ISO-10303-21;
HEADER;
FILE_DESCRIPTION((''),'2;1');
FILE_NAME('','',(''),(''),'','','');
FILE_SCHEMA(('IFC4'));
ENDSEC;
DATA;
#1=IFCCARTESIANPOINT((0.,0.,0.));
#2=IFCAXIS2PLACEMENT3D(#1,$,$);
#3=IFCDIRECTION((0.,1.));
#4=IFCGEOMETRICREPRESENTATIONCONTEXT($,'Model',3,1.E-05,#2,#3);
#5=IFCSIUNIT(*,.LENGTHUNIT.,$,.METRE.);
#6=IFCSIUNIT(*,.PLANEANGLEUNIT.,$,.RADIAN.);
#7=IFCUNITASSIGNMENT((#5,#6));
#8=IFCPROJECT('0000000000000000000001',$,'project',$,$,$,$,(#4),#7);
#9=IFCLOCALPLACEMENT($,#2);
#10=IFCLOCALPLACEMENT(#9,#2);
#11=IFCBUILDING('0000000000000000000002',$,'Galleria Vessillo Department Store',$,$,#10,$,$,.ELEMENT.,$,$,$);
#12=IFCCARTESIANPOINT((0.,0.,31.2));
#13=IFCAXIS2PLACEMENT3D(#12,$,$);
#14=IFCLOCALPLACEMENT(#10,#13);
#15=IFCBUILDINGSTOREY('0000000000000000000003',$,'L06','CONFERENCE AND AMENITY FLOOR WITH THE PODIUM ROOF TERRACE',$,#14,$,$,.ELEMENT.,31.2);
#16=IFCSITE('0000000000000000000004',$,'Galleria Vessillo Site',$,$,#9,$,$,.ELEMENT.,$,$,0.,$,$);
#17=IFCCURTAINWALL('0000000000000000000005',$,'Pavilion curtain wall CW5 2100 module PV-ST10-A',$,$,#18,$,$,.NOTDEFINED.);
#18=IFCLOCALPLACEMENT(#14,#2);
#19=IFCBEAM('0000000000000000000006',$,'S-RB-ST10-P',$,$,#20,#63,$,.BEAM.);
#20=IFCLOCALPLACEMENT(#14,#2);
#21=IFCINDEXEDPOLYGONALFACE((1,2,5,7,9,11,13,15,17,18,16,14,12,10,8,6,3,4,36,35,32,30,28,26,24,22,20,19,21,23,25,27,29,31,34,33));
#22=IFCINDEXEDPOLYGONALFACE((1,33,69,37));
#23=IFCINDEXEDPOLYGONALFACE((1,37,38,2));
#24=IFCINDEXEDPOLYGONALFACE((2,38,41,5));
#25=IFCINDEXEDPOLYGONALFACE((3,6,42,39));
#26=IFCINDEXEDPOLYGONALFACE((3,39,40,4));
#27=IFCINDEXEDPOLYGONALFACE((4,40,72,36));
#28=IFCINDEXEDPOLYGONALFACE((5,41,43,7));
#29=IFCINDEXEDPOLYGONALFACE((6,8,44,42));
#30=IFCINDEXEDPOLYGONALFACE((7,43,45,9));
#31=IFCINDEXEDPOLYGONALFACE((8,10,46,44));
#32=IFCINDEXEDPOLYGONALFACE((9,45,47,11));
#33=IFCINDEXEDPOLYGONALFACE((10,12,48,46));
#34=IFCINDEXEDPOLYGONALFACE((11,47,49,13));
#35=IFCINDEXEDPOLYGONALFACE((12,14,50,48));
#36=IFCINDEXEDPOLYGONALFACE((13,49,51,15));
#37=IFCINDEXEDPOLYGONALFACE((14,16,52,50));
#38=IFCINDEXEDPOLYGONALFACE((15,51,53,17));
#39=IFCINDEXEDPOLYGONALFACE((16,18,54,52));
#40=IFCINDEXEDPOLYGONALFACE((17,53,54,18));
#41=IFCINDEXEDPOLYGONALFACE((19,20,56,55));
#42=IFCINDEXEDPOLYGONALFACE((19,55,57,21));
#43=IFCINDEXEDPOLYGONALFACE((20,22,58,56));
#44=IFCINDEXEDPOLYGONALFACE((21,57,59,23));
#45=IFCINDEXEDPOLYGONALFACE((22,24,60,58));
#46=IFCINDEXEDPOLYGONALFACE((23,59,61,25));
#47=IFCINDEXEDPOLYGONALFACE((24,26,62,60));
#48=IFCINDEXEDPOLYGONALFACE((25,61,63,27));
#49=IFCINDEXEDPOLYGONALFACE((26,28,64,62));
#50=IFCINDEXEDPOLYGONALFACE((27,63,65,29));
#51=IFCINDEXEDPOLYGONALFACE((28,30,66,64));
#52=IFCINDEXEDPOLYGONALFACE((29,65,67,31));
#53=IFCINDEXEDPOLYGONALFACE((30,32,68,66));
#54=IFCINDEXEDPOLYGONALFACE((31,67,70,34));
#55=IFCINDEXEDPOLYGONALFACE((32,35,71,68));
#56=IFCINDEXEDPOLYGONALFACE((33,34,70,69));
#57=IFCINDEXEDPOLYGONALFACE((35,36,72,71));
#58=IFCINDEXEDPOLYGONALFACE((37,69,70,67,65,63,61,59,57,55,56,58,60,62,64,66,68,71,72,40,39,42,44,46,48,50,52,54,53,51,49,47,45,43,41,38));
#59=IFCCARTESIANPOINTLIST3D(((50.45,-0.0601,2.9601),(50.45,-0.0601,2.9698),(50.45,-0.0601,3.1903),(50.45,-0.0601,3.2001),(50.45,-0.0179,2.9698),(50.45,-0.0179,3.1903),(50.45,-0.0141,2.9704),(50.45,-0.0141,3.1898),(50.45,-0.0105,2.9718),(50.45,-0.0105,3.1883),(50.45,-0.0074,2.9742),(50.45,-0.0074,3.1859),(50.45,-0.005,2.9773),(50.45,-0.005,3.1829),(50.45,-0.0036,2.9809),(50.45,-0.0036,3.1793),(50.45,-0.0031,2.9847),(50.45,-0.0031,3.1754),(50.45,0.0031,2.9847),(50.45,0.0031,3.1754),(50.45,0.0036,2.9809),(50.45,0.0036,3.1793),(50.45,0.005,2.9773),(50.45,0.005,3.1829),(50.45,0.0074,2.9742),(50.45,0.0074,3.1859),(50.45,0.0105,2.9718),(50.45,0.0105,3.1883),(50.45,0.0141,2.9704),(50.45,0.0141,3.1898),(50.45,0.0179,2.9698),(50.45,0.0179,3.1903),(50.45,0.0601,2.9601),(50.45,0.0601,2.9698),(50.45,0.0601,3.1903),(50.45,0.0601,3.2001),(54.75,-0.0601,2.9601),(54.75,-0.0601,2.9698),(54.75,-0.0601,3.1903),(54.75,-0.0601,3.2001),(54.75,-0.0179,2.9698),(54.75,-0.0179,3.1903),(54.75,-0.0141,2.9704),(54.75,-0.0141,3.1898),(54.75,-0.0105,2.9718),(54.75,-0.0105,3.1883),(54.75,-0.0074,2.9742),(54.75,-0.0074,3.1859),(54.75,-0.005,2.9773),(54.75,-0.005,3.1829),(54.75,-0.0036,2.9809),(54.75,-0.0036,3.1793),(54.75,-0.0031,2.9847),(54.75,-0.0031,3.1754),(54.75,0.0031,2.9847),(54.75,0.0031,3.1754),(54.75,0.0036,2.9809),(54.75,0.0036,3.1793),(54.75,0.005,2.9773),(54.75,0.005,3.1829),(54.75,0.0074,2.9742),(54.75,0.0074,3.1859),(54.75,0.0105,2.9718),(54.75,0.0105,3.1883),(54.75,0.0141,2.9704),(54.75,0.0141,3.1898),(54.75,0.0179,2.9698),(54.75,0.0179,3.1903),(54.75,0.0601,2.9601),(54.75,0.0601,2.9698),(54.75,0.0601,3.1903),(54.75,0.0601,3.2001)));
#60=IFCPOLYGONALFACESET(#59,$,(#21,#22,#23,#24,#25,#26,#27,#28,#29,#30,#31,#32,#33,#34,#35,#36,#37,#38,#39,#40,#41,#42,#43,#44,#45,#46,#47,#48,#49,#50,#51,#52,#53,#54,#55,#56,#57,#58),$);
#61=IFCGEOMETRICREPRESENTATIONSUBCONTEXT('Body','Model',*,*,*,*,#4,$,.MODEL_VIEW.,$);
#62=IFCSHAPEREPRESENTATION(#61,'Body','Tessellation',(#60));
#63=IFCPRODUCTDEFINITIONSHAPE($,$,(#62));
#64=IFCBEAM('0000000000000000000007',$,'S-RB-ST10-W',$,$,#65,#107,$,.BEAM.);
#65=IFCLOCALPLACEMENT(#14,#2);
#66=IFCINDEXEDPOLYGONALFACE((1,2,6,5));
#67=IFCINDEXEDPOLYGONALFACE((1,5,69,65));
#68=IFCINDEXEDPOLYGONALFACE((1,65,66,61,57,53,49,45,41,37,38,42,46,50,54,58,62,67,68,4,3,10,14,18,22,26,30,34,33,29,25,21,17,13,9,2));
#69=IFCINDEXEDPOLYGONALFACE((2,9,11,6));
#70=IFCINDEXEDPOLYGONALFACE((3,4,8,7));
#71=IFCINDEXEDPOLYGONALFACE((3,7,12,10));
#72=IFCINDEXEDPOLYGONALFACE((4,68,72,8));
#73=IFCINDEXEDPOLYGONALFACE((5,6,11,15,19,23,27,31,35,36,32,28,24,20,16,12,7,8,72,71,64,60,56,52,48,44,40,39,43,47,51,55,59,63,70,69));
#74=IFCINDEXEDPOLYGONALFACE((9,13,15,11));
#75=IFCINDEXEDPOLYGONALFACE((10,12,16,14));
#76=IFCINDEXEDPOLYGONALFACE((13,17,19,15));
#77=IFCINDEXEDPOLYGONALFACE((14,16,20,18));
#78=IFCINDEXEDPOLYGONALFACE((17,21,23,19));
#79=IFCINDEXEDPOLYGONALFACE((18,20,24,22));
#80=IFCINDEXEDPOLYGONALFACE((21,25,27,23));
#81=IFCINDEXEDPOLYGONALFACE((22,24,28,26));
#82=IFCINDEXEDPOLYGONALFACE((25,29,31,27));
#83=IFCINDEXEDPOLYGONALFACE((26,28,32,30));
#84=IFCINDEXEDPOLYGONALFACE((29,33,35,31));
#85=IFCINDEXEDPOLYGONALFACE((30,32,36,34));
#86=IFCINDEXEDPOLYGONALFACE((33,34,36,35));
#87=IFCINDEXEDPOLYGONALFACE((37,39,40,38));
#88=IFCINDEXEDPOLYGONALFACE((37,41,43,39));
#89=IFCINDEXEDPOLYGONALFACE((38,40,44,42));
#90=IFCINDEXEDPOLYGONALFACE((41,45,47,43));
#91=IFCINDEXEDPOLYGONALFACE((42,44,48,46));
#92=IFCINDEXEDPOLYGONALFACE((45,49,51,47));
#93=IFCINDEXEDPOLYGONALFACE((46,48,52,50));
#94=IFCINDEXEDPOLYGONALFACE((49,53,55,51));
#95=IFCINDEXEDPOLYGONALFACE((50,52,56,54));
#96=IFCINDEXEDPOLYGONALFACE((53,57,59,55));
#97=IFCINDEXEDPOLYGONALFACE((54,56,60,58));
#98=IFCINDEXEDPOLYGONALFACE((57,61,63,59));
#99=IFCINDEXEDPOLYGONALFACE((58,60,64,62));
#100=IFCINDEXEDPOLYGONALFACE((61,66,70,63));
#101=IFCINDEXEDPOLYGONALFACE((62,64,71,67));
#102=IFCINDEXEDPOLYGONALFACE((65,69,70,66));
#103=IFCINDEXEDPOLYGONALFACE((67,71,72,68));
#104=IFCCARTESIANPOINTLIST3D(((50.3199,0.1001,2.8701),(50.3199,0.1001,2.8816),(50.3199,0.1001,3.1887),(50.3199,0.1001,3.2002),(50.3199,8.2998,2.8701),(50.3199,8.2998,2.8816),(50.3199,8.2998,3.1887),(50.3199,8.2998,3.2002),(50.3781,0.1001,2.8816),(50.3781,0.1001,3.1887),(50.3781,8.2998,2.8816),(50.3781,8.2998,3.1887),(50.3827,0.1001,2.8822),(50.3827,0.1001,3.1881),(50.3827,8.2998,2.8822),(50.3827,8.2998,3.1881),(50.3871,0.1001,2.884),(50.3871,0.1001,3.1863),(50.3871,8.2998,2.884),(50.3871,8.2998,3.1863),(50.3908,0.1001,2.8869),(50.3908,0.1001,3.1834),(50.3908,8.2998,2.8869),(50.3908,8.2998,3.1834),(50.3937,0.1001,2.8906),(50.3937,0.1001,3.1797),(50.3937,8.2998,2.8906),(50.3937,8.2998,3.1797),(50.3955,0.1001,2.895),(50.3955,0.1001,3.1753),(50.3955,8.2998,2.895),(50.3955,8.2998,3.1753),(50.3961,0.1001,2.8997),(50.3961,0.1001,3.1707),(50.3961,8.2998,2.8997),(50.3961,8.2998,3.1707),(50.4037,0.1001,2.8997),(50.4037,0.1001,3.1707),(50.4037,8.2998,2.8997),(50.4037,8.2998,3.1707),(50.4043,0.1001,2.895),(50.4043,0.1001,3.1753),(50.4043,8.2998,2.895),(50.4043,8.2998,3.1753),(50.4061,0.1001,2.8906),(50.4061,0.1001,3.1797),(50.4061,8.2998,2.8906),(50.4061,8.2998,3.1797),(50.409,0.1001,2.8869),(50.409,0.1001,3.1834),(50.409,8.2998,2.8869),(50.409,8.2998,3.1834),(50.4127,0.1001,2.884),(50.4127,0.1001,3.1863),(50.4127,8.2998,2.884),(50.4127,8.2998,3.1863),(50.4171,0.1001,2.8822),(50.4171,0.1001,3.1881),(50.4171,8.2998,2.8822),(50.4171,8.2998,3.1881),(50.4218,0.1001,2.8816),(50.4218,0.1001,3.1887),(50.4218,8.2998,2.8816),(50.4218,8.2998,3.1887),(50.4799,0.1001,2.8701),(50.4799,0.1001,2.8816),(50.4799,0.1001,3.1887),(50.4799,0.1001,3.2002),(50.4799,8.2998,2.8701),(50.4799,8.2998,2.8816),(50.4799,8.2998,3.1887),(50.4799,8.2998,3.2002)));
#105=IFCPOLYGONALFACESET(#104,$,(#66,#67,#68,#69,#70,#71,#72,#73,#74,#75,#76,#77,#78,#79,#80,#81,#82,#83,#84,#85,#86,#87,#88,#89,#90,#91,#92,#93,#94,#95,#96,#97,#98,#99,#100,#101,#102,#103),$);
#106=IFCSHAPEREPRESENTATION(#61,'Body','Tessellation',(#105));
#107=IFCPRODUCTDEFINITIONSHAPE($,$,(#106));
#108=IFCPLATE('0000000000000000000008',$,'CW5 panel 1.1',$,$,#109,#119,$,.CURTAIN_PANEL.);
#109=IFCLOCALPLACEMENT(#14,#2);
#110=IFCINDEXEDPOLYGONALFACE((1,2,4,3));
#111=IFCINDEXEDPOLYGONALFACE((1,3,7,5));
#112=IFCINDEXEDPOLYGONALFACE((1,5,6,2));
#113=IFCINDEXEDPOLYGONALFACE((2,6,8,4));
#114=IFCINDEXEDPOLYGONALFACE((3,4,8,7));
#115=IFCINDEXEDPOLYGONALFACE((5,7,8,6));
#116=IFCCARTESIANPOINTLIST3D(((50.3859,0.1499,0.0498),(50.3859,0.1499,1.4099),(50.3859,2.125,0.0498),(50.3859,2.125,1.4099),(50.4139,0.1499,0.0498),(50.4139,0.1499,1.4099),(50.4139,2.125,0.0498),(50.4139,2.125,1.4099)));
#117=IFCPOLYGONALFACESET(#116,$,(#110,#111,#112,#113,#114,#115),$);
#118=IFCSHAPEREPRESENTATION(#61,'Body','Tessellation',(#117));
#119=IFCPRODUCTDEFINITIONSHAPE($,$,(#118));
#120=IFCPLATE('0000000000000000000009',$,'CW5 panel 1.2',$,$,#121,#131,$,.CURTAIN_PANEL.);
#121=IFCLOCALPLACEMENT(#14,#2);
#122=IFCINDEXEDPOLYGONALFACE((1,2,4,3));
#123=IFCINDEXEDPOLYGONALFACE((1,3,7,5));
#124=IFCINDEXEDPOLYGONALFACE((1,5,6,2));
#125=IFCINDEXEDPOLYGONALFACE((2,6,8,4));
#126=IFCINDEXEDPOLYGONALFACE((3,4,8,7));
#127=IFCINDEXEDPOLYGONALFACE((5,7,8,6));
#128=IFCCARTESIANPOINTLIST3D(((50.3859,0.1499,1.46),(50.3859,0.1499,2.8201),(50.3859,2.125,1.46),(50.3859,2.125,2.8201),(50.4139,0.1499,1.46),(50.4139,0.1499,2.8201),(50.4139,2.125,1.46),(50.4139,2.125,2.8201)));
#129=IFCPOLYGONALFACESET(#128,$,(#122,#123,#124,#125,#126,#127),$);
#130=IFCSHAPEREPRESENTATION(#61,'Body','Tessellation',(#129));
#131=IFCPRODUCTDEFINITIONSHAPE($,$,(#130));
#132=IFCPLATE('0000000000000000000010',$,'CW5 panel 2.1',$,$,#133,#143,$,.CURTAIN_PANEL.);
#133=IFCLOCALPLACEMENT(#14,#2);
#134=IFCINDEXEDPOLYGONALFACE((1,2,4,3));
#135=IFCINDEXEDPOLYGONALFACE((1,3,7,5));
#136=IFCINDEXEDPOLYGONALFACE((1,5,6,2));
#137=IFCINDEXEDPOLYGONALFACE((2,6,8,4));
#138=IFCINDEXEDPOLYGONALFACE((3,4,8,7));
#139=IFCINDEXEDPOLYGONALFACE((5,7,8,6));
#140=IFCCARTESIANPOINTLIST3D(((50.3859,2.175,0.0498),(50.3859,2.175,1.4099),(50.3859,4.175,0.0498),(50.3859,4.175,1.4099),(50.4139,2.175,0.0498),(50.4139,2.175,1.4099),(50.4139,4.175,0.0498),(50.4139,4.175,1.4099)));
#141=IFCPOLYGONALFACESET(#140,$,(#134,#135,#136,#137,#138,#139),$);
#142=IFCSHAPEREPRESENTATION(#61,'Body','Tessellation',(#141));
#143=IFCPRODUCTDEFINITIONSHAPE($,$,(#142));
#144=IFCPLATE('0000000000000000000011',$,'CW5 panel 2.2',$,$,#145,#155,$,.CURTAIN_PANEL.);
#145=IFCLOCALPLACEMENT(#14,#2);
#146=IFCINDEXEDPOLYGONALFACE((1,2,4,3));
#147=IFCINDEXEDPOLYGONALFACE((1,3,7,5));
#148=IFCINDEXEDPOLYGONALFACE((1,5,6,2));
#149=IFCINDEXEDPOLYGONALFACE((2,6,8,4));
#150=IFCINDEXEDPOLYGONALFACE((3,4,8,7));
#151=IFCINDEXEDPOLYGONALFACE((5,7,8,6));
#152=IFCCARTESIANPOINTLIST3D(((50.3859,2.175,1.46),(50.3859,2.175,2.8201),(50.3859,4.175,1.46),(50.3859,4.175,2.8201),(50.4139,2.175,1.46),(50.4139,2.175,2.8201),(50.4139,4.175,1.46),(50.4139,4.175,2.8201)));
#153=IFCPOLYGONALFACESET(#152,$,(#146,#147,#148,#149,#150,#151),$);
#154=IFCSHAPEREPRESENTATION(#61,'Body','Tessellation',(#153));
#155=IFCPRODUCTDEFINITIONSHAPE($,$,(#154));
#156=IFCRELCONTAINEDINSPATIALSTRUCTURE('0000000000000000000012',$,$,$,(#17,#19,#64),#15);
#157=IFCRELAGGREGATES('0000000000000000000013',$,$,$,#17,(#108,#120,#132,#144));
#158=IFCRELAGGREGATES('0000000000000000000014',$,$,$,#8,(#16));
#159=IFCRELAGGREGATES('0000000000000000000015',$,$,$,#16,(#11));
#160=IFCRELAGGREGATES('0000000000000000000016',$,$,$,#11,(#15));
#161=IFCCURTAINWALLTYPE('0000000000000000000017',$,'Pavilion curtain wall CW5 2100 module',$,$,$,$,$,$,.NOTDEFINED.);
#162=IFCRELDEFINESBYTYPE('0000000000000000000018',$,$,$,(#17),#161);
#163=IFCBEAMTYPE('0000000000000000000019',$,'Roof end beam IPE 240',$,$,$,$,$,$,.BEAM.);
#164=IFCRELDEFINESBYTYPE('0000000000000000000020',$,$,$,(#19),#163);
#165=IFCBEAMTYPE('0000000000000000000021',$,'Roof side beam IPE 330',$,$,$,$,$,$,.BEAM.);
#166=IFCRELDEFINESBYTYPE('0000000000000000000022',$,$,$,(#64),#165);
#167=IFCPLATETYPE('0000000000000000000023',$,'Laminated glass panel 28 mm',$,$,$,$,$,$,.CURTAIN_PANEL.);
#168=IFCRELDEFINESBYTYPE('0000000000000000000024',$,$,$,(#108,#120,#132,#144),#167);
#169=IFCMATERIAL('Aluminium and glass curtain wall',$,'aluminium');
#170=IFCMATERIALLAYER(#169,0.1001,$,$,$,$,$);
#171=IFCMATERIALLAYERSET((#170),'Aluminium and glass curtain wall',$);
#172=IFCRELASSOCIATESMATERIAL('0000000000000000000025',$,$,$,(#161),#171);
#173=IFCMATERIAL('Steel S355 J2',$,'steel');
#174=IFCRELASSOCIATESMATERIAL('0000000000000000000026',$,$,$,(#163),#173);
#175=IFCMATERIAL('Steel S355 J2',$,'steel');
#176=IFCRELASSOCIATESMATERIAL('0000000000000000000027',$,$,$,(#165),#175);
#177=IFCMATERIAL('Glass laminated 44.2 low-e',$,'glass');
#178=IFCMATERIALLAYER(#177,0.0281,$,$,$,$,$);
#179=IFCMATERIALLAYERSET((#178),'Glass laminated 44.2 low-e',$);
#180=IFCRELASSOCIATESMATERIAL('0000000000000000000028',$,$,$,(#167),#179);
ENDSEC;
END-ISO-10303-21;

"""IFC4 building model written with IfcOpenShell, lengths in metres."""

from ifc_helpers import new_model, si_unit, direction, frame, origin, origin_2d, place, context, subcontext, project, spatial, rectangle, i_section, extrude, material, layer, layer_set, material_profile, profile_set, type_object, element, aggregate, save


model = new_model("IFC4")

# Units and contexts
model_context = context("Model", 3, precision=1e-05, world=origin(), true_north=direction((0.0, 1.0)))
body_context = subcontext(model_context, "Body", "Model", "MODEL_VIEW")
ifc_project = project(units=[si_unit("LENGTHUNIT", "METRE"), si_unit("PLANEANGLEUNIT", "RADIAN")], contexts=[model_context])

# Site, building, storey
site_placement = place(None, origin())
site = spatial("IfcSite", under=ifc_project, at=site_placement, Name="Galleria Vessillo Site", CompositionType="ELEMENT", RefElevation=0.0)
building_placement = place(site_placement, origin())
building = spatial("IfcBuilding", under=site, at=building_placement, Name="Galleria Vessillo Department Store", CompositionType="ELEMENT")
storey_placement = place(building_placement, frame((0.0, 0.0, 31.2)))
storey = spatial("IfcBuildingStorey", under=building, at=storey_placement, Name="L06", Description="CONFERENCE AND AMENITY FLOOR WITH THE PODIUM ROOF TERRACE", CompositionType="ELEMENT", Elevation=31.2)

# Curtain wall
ifc_material_1 = material(Name="Aluminium and glass curtain wall", Category="aluminium")
ifc_layer_1 = layer(ifc_material_1, 0.1001)
ifc_layer_set_1 = layer_set([ifc_layer_1], Name="Aluminium and glass curtain wall")
curtain_wall_type = type_object("IfcCurtainWallType", Name="Pavilion curtain wall CW5 2100 module", PredefinedType="NOTDEFINED", material=ifc_layer_set_1)
curtain_wall_1_placement = place(storey_placement, origin())
curtain_wall_1 = element("IfcCurtainWall", 1, at=curtain_wall_1_placement, inside=storey, type_object=curtain_wall_type, Name="Pavilion curtain wall CW5 2100 module PV-ST10-A", PredefinedType="NOTDEFINED")

# Beams
ifc_material_2 = material(Name="Steel S355 J2", Category="steel")
ifc_material_profile_1 = material_profile(ifc_material_2, i_section(OverallWidth=0.1201, OverallDepth=0.24, WebThickness=0.0061, FlangeThickness=0.0098, FilletRadius=0.0149, at=origin_2d()), Name="IPE 240")
ifc_profile_set_1 = profile_set([ifc_material_profile_1], Name="Steel S355 J2")
beam_type_1 = type_object("IfcBeamType", Name="Roof end beam IPE 240", PredefinedType="BEAM", material=ifc_profile_set_1)
beam_1_placement = place(storey_placement, frame((50.45, 0.0, 3.0801), z_axis=(1.0, 0.0, 0.0), x_axis=(0.0, 1.0, 0.0)))
element("IfcBeam", 2, at=beam_1_placement, inside=storey, type_object=beam_type_1, Name="S-RB-ST10-P", PredefinedType="BEAM", context=body_context, shape_type="SweptSolid", body=[
    extrude(i_section(OverallWidth=0.1201, OverallDepth=0.24, WebThickness=0.0061, FlangeThickness=0.0098, FilletRadius=0.0149, at=origin_2d()), origin(), (0.0, 0.0, 1.0), 4.3),
])
ifc_material_3 = material(Name="Steel S355 J2", Category="steel")
ifc_material_profile_2 = material_profile(ifc_material_3, i_section(OverallWidth=0.1599, OverallDepth=0.3301, WebThickness=0.0076, FlangeThickness=0.0115, FilletRadius=0.0181, at=origin_2d()), Name="IPE 330")
ifc_profile_set_2 = profile_set([ifc_material_profile_2], Name="Steel S355 J2")
beam_type_2 = type_object("IfcBeamType", Name="Roof side beam IPE 330", PredefinedType="BEAM", material=ifc_profile_set_2)
beam_2_placement = place(storey_placement, frame((50.3999, 0.1001, 3.0352), z_axis=(0.0, 1.0, 0.0), x_axis=(-1.0, 0.0, 0.0)))
element("IfcBeam", 3, at=beam_2_placement, inside=storey, type_object=beam_type_2, Name="S-RB-ST10-W", PredefinedType="BEAM", context=body_context, shape_type="SweptSolid", body=[
    extrude(i_section(OverallWidth=0.1599, OverallDepth=0.3301, WebThickness=0.0076, FlangeThickness=0.0115, FilletRadius=0.0181, at=origin_2d()), origin(), (0.0, 0.0, 1.0), 8.1997),
])

# Plates
ifc_material_4 = material(Name="Glass laminated 44.2 low-e", Category="glass")
ifc_layer_2 = layer(ifc_material_4, 0.0281)
ifc_layer_set_2 = layer_set([ifc_layer_2], Name="Glass laminated 44.2 low-e")
plate_type = type_object("IfcPlateType", Name="Laminated glass panel 28 mm", PredefinedType="CURTAIN_PANEL", material=ifc_layer_set_2)
plate_1_placement = place(storey_placement, frame((50.3999, 1.1375, 0.0498), z_axis=(0.0, 0.0, 1.0), x_axis=(0.0, 1.0, 0.0)))
plate_1 = element("IfcPlate", 4, at=plate_1_placement, type_object=plate_type, Name="CW5 panel 1.1", PredefinedType="CURTAIN_PANEL", context=body_context, shape_type="SweptSolid", body=[
    extrude(rectangle(XDim=1.9751, YDim=0.0281, at=origin_2d()), origin(), (0.0, 0.0, 1.0), 1.3601),
])
plate_2_placement = place(storey_placement, frame((50.3999, 1.1375, 1.46), z_axis=(0.0, 0.0, 1.0), x_axis=(0.0, 1.0, 0.0)))
plate_2 = element("IfcPlate", 5, at=plate_2_placement, type_object=plate_type, Name="CW5 panel 1.2", PredefinedType="CURTAIN_PANEL", context=body_context, shape_type="SweptSolid", body=[
    extrude(rectangle(XDim=1.9751, YDim=0.0281, at=origin_2d()), origin(), (0.0, 0.0, 1.0), 1.3601),
])
plate_3_placement = place(storey_placement, frame((50.3999, 3.175, 0.0498), z_axis=(0.0, 0.0, 1.0), x_axis=(0.0, 1.0, 0.0)))
plate_3 = element("IfcPlate", 6, at=plate_3_placement, type_object=plate_type, Name="CW5 panel 2.1", PredefinedType="CURTAIN_PANEL", context=body_context, shape_type="SweptSolid", body=[
    extrude(rectangle(XDim=2.0, YDim=0.0281, at=origin_2d()), origin(), (0.0, 0.0, 1.0), 1.3601),
])
plate_4_placement = place(storey_placement, frame((50.3999, 3.175, 1.46), z_axis=(0.0, 0.0, 1.0), x_axis=(0.0, 1.0, 0.0)))
plate_4 = element("IfcPlate", 7, at=plate_4_placement, type_object=plate_type, Name="CW5 panel 2.2", PredefinedType="CURTAIN_PANEL", context=body_context, shape_type="SweptSolid", body=[
    extrude(rectangle(XDim=2.0, YDim=0.0281, at=origin_2d()), origin(), (0.0, 0.0, 1.0), 1.3601),
])
aggregate(curtain_wall_1, [plate_1, plate_2, plate_3, plate_4])

save(model, "model.ifc")
